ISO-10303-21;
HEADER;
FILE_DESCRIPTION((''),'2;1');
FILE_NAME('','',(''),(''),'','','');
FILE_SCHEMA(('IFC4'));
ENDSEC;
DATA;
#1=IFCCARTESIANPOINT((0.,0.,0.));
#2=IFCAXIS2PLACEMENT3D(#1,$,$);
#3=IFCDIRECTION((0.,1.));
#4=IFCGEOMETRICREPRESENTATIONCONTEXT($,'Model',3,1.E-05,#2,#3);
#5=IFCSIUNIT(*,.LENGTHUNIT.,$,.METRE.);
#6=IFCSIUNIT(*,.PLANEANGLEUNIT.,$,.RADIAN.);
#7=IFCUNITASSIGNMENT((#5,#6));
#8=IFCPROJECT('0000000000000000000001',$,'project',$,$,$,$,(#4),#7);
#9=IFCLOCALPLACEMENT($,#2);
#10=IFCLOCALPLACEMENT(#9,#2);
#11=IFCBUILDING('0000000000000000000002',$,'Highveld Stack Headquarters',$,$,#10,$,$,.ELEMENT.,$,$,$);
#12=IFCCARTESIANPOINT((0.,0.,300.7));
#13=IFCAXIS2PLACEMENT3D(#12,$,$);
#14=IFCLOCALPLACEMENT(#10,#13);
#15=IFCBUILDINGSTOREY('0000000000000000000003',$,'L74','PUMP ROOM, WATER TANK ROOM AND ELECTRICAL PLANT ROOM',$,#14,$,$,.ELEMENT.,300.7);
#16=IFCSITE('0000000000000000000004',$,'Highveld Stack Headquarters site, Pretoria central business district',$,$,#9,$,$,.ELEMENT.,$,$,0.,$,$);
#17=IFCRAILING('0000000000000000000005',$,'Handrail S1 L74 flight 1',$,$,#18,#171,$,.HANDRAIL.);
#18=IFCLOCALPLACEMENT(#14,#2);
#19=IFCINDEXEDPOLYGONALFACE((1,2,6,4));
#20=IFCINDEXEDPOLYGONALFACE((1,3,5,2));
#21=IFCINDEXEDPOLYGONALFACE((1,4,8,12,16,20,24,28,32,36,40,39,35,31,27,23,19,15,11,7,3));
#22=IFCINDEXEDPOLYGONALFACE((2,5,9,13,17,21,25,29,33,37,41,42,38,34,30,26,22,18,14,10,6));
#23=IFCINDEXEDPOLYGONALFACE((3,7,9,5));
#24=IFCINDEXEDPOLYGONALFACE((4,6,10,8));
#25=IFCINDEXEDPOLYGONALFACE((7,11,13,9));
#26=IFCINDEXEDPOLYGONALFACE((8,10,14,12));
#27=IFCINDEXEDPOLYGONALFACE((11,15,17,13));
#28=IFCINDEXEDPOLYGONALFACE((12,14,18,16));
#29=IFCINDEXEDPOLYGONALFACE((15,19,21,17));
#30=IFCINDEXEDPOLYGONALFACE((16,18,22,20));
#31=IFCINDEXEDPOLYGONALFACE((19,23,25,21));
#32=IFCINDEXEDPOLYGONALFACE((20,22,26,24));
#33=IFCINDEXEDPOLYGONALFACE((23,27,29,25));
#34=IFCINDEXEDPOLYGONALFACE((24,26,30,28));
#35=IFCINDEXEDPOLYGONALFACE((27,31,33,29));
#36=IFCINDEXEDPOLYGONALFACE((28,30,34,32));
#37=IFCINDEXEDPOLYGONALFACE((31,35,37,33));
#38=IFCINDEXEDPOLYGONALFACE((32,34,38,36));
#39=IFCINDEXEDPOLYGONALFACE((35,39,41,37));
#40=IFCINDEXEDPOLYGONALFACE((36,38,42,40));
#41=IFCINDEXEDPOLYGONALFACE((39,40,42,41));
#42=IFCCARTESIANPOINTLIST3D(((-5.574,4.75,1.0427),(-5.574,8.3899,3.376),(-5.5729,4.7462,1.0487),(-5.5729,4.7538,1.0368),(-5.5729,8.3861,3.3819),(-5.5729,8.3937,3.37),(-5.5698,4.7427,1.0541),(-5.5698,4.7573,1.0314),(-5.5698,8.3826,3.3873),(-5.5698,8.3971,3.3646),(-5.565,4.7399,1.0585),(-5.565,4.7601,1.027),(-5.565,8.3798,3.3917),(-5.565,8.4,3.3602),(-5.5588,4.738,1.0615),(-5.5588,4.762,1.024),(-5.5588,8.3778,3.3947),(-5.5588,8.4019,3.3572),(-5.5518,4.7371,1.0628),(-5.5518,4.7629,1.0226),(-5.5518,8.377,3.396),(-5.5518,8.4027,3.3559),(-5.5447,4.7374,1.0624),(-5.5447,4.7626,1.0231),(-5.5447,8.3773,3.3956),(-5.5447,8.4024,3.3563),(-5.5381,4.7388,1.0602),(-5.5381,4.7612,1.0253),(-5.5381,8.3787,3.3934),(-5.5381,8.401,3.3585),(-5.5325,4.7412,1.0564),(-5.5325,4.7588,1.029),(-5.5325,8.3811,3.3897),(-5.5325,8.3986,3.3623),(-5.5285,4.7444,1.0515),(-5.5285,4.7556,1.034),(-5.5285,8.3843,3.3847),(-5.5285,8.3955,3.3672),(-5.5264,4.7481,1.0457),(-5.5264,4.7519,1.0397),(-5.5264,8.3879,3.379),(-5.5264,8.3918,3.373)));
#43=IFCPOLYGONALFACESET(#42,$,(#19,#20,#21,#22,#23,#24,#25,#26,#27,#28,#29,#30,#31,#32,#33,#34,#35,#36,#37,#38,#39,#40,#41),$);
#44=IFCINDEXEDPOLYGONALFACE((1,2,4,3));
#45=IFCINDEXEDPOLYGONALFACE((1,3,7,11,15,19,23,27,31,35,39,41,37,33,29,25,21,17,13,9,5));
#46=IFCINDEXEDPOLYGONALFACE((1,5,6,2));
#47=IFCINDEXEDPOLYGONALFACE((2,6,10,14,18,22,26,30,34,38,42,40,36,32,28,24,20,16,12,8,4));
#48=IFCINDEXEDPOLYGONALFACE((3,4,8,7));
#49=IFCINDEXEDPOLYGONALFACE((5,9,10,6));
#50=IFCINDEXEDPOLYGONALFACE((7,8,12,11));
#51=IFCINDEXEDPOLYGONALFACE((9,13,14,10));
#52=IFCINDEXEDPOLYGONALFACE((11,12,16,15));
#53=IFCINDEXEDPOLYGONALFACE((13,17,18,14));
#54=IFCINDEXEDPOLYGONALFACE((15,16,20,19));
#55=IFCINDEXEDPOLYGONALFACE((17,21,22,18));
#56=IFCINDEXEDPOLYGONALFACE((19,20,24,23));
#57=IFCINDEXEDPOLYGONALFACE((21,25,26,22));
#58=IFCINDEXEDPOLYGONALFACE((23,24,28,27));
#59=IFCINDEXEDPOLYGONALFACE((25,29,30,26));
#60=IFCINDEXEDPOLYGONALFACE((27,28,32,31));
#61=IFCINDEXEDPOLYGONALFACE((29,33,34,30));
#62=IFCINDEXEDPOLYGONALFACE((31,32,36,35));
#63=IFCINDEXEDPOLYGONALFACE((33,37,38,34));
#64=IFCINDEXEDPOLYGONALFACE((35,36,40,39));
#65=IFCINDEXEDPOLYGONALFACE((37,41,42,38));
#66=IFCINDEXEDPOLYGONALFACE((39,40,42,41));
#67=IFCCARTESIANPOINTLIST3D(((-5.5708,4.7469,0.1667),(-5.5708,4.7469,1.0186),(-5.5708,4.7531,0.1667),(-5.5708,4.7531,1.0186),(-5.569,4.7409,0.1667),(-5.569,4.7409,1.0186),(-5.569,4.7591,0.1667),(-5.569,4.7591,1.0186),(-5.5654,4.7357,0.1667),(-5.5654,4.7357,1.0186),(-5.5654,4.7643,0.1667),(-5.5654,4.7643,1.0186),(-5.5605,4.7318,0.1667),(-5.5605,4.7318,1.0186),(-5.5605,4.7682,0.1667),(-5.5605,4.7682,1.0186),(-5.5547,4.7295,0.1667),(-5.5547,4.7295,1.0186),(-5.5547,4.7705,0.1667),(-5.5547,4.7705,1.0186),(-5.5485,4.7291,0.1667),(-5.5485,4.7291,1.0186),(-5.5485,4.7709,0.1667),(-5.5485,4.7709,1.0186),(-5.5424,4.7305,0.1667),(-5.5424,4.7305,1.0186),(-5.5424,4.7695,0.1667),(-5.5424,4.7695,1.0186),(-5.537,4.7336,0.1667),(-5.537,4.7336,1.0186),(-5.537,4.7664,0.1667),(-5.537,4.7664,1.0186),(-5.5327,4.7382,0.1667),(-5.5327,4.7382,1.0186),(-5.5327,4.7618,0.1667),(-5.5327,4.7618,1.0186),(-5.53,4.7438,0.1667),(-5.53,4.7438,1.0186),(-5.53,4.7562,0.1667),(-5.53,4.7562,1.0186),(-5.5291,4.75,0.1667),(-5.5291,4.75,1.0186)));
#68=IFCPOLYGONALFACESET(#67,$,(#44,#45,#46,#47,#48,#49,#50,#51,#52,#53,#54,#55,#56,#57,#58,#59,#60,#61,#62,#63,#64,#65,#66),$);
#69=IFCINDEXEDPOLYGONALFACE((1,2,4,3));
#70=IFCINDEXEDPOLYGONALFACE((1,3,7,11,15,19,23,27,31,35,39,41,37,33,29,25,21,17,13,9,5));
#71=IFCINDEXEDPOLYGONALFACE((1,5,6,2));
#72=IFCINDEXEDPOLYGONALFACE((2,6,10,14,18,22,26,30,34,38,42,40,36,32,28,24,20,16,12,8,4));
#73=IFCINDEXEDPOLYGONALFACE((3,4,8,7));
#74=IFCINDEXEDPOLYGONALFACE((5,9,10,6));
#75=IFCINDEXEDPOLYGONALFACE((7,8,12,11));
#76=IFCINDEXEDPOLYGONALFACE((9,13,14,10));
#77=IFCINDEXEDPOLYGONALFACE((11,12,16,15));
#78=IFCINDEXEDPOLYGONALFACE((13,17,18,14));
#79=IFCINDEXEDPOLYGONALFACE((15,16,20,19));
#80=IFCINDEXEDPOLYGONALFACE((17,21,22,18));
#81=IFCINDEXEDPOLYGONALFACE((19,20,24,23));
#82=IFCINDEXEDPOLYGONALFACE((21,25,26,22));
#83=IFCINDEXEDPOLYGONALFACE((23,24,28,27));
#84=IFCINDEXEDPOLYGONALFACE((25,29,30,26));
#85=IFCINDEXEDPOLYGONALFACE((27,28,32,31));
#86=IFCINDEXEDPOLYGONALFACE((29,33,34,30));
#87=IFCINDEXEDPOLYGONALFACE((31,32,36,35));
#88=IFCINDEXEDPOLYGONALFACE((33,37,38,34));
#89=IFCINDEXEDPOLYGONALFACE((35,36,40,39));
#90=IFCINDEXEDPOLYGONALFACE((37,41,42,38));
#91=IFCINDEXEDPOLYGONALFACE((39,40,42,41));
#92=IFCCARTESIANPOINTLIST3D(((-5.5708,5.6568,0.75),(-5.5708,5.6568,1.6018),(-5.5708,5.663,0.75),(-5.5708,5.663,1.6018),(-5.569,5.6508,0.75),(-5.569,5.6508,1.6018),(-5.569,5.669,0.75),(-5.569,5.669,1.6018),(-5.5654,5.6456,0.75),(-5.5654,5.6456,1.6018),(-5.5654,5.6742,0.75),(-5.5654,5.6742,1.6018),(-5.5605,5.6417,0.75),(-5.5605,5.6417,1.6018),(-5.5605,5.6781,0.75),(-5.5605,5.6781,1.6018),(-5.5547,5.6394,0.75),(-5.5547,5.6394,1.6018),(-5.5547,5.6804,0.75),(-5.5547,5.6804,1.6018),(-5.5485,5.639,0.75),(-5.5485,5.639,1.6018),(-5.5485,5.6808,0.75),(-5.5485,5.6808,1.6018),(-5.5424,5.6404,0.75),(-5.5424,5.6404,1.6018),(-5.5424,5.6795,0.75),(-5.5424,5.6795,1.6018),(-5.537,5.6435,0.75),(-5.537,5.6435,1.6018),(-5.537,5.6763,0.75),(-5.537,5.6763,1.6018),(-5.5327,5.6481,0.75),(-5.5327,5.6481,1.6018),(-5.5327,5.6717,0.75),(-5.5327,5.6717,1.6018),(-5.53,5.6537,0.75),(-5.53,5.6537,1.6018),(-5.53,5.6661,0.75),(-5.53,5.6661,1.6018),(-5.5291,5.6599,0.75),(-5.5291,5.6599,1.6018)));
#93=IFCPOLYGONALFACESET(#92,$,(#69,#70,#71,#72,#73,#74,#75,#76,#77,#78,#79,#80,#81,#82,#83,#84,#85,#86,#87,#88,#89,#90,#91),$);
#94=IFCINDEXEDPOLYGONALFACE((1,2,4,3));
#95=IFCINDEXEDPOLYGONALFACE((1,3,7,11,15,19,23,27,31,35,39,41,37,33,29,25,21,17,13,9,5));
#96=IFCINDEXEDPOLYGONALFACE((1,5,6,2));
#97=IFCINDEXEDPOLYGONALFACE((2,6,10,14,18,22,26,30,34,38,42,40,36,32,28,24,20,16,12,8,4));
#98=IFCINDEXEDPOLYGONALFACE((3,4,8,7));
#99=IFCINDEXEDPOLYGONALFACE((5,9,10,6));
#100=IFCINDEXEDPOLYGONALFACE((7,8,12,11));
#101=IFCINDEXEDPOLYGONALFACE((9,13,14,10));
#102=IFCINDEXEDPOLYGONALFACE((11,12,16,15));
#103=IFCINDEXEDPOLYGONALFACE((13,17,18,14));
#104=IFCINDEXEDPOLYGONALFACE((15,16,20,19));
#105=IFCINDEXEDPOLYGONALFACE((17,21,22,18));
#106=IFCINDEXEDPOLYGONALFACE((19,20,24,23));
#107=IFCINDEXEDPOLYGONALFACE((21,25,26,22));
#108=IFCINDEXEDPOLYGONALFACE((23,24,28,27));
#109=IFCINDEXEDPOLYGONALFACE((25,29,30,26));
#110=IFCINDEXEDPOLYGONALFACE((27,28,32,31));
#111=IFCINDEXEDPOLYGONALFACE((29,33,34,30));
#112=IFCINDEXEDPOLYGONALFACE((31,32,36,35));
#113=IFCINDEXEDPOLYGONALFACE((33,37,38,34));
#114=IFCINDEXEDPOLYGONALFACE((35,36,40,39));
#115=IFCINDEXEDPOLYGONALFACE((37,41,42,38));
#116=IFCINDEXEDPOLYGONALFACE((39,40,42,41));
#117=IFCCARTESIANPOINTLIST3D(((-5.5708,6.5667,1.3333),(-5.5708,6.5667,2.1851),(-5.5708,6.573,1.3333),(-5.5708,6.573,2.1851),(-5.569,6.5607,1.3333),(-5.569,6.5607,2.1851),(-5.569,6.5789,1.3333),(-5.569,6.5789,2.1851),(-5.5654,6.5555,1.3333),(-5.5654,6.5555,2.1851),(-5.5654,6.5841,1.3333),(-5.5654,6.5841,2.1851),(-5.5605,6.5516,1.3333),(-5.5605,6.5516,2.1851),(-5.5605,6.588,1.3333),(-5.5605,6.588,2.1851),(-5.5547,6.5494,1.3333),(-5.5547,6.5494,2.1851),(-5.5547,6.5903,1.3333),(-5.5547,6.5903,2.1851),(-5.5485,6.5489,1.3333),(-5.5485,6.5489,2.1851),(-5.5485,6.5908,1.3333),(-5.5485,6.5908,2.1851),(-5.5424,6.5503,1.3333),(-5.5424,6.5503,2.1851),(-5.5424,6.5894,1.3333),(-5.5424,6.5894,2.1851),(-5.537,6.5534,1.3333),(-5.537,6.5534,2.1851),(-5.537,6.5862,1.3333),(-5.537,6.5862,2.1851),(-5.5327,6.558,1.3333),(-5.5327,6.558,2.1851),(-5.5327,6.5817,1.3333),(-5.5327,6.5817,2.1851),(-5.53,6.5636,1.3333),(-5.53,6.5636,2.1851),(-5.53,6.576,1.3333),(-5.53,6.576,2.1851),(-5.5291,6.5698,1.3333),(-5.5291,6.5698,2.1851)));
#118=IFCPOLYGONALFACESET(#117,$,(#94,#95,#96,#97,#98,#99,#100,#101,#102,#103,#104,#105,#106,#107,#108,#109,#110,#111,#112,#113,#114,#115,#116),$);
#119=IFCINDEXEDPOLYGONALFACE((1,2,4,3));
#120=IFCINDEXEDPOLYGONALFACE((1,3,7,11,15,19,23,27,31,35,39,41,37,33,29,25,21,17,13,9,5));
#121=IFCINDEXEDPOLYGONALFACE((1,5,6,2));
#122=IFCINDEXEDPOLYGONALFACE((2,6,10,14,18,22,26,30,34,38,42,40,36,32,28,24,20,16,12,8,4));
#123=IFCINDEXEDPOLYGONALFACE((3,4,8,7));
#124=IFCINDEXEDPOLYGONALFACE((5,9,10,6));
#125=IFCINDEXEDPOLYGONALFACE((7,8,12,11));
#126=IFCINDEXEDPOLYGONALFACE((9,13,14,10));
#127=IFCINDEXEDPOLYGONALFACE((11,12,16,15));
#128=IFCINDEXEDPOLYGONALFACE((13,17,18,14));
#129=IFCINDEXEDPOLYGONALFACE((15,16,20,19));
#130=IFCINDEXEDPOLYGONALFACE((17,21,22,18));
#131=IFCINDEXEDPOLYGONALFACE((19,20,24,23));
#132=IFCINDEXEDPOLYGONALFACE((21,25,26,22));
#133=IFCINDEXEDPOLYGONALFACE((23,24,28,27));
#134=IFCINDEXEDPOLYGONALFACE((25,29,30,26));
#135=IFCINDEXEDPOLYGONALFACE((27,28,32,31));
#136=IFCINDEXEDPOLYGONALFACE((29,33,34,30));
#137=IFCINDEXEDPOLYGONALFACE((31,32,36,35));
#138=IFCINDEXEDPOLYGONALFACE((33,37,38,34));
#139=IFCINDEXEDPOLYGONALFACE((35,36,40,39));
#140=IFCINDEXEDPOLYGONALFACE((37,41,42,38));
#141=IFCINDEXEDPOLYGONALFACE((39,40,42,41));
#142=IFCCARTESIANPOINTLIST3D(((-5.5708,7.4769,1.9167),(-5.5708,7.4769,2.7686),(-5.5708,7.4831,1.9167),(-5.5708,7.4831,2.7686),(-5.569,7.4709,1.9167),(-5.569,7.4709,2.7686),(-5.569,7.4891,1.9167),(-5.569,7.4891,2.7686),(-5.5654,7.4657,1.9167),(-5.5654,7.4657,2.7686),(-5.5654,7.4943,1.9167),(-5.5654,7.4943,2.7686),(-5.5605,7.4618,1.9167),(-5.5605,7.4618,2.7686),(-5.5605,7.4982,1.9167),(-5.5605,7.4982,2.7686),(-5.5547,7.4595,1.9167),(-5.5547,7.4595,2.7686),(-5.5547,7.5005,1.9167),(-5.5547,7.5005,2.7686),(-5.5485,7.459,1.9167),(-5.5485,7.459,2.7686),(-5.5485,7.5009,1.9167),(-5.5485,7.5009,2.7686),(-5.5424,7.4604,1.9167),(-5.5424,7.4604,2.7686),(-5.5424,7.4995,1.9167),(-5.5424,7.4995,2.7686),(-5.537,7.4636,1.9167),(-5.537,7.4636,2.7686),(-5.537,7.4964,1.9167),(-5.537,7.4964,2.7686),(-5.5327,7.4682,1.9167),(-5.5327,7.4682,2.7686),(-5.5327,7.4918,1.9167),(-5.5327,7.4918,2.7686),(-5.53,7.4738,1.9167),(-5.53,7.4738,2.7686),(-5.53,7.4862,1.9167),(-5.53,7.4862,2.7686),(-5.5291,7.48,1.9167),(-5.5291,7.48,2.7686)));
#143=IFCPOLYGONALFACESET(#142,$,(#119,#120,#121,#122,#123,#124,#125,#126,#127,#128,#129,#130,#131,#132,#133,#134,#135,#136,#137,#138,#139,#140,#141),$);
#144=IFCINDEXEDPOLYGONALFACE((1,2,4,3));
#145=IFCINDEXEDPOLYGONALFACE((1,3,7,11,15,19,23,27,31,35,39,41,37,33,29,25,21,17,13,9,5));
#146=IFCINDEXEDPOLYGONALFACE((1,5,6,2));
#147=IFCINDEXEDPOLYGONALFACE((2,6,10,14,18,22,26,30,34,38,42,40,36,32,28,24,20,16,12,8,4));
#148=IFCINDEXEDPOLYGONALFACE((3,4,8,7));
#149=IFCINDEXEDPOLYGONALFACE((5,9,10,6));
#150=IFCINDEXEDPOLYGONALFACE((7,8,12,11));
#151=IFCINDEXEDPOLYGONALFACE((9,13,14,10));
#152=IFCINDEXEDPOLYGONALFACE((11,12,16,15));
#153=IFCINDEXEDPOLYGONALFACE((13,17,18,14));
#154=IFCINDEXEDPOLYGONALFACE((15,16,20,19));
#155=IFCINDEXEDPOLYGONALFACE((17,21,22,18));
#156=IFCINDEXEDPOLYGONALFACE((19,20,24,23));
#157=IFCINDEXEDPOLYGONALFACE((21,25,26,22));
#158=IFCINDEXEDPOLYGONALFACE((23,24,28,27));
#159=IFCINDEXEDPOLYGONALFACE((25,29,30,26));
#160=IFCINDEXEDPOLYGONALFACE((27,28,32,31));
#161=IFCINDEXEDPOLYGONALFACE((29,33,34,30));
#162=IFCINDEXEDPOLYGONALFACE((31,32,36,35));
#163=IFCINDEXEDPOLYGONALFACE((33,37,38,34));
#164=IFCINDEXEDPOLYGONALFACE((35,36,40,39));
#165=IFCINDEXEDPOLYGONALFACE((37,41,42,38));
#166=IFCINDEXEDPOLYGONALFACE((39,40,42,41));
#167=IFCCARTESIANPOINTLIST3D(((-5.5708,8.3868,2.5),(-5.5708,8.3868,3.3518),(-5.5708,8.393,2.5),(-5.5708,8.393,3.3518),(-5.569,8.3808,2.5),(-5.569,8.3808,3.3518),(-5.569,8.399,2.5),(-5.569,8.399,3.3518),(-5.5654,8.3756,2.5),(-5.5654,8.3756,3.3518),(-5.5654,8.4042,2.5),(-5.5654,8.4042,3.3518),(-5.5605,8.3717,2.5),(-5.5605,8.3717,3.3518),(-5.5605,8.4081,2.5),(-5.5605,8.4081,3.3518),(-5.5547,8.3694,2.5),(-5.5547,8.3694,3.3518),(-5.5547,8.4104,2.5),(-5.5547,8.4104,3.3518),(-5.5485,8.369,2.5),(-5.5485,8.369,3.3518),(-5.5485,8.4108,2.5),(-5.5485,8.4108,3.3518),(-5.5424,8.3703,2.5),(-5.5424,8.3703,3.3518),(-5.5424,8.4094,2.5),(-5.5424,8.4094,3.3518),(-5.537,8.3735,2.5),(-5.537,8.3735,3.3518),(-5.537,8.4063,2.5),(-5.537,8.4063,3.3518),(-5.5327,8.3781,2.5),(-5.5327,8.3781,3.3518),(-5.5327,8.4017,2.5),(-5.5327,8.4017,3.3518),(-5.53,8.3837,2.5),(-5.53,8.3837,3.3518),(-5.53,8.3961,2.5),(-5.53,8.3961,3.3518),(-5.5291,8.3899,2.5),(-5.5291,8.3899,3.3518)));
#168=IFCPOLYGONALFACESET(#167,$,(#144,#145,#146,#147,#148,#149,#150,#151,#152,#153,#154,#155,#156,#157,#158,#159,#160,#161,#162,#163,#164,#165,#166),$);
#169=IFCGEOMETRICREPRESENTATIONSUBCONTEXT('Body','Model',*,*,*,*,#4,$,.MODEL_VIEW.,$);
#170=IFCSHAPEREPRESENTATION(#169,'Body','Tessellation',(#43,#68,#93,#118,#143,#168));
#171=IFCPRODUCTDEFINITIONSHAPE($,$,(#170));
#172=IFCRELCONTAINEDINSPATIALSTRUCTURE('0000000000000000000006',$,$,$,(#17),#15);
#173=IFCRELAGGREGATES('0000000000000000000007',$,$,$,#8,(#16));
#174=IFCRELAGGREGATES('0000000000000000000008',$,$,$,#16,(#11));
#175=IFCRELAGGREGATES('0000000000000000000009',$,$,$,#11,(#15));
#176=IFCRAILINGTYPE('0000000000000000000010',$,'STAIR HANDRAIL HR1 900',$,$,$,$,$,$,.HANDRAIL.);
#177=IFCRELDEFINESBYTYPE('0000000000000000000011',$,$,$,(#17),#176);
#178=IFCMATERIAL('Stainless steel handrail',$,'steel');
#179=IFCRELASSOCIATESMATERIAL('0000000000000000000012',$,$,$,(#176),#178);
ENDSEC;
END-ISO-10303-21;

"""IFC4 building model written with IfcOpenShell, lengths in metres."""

from ifc_helpers import new_model, si_unit, direction, frame, origin, origin_2d, place, context, subcontext, project, spatial, circle, extrude, material, type_object, element, save


model = new_model("IFC4")

# Units and contexts
model_context = context("Model", 3, precision=1e-05, world=origin(), true_north=direction((0.0, 1.0)))
body_context = subcontext(model_context, "Body", "Model", "MODEL_VIEW")
ifc_project = project(units=[si_unit("LENGTHUNIT", "METRE"), si_unit("PLANEANGLEUNIT", "RADIAN")], contexts=[model_context])

# Site, building, storey
site_placement = place(None, origin())
site = spatial("IfcSite", under=ifc_project, at=site_placement, Name="Highveld Stack Headquarters site, Pretoria central business district", CompositionType="ELEMENT", RefElevation=0.0)
building_placement = place(site_placement, origin())
building = spatial("IfcBuilding", under=site, at=building_placement, Name="Highveld Stack Headquarters", CompositionType="ELEMENT")
storey_placement = place(building_placement, frame((0.0, 0.0, 300.7)))
storey = spatial("IfcBuildingStorey", under=building, at=storey_placement, Name="L74", Description="PUMP ROOM, WATER TANK ROOM AND ELECTRICAL PLANT ROOM", CompositionType="ELEMENT", Elevation=300.7)

# Railing
ifc_material_1 = material(Name="Stainless steel handrail", Category="steel")
railing_type = type_object("IfcRailingType", Name="STAIR HANDRAIL HR1 900", PredefinedType="HANDRAIL", material=ifc_material_1)
for number, where, name in (
    (1, (-5.55, 4.75, 0.1667), "Handrail S1 L74 flight 1"),
):
    element("IfcRailing", number, at=place(storey_placement, frame(where)), inside=storey, type_object=railing_type, Name=name, PredefinedType="HANDRAIL", context=body_context, shape_type="SweptSolid", body=[
        extrude(circle(Radius=0.0239, at=origin_2d()), frame((0.0, 0.0, 0.876), z_axis=(0.0, 0.84188, 0.539664), x_axis=(-1.0, 0.0, 0.0)), (0.0, 0.0, 1.0), 4.3235),
        extrude(circle(Radius=0.021, at=origin_2d()), origin(), (0.0, 0.0, 1.0), 0.8518),
        extrude(circle(Radius=0.021, at=origin_2d()), frame((0.0, 0.9099, 0.5833)), (0.0, 0.0, 1.0), 0.8518),
        extrude(circle(Radius=0.021, at=origin_2d()), frame((0.0, 1.8198, 1.1665)), (0.0, 0.0, 1.0), 0.8518),
        extrude(circle(Radius=0.021, at=origin_2d()), frame((0.0, 2.73, 1.75)), (0.0, 0.0, 1.0), 0.8518),
        extrude(circle(Radius=0.021, at=origin_2d()), frame((0.0, 3.6399, 2.3333)), (0.0, 0.0, 1.0), 0.8518),
    ])

save(model, "model.ifc")
